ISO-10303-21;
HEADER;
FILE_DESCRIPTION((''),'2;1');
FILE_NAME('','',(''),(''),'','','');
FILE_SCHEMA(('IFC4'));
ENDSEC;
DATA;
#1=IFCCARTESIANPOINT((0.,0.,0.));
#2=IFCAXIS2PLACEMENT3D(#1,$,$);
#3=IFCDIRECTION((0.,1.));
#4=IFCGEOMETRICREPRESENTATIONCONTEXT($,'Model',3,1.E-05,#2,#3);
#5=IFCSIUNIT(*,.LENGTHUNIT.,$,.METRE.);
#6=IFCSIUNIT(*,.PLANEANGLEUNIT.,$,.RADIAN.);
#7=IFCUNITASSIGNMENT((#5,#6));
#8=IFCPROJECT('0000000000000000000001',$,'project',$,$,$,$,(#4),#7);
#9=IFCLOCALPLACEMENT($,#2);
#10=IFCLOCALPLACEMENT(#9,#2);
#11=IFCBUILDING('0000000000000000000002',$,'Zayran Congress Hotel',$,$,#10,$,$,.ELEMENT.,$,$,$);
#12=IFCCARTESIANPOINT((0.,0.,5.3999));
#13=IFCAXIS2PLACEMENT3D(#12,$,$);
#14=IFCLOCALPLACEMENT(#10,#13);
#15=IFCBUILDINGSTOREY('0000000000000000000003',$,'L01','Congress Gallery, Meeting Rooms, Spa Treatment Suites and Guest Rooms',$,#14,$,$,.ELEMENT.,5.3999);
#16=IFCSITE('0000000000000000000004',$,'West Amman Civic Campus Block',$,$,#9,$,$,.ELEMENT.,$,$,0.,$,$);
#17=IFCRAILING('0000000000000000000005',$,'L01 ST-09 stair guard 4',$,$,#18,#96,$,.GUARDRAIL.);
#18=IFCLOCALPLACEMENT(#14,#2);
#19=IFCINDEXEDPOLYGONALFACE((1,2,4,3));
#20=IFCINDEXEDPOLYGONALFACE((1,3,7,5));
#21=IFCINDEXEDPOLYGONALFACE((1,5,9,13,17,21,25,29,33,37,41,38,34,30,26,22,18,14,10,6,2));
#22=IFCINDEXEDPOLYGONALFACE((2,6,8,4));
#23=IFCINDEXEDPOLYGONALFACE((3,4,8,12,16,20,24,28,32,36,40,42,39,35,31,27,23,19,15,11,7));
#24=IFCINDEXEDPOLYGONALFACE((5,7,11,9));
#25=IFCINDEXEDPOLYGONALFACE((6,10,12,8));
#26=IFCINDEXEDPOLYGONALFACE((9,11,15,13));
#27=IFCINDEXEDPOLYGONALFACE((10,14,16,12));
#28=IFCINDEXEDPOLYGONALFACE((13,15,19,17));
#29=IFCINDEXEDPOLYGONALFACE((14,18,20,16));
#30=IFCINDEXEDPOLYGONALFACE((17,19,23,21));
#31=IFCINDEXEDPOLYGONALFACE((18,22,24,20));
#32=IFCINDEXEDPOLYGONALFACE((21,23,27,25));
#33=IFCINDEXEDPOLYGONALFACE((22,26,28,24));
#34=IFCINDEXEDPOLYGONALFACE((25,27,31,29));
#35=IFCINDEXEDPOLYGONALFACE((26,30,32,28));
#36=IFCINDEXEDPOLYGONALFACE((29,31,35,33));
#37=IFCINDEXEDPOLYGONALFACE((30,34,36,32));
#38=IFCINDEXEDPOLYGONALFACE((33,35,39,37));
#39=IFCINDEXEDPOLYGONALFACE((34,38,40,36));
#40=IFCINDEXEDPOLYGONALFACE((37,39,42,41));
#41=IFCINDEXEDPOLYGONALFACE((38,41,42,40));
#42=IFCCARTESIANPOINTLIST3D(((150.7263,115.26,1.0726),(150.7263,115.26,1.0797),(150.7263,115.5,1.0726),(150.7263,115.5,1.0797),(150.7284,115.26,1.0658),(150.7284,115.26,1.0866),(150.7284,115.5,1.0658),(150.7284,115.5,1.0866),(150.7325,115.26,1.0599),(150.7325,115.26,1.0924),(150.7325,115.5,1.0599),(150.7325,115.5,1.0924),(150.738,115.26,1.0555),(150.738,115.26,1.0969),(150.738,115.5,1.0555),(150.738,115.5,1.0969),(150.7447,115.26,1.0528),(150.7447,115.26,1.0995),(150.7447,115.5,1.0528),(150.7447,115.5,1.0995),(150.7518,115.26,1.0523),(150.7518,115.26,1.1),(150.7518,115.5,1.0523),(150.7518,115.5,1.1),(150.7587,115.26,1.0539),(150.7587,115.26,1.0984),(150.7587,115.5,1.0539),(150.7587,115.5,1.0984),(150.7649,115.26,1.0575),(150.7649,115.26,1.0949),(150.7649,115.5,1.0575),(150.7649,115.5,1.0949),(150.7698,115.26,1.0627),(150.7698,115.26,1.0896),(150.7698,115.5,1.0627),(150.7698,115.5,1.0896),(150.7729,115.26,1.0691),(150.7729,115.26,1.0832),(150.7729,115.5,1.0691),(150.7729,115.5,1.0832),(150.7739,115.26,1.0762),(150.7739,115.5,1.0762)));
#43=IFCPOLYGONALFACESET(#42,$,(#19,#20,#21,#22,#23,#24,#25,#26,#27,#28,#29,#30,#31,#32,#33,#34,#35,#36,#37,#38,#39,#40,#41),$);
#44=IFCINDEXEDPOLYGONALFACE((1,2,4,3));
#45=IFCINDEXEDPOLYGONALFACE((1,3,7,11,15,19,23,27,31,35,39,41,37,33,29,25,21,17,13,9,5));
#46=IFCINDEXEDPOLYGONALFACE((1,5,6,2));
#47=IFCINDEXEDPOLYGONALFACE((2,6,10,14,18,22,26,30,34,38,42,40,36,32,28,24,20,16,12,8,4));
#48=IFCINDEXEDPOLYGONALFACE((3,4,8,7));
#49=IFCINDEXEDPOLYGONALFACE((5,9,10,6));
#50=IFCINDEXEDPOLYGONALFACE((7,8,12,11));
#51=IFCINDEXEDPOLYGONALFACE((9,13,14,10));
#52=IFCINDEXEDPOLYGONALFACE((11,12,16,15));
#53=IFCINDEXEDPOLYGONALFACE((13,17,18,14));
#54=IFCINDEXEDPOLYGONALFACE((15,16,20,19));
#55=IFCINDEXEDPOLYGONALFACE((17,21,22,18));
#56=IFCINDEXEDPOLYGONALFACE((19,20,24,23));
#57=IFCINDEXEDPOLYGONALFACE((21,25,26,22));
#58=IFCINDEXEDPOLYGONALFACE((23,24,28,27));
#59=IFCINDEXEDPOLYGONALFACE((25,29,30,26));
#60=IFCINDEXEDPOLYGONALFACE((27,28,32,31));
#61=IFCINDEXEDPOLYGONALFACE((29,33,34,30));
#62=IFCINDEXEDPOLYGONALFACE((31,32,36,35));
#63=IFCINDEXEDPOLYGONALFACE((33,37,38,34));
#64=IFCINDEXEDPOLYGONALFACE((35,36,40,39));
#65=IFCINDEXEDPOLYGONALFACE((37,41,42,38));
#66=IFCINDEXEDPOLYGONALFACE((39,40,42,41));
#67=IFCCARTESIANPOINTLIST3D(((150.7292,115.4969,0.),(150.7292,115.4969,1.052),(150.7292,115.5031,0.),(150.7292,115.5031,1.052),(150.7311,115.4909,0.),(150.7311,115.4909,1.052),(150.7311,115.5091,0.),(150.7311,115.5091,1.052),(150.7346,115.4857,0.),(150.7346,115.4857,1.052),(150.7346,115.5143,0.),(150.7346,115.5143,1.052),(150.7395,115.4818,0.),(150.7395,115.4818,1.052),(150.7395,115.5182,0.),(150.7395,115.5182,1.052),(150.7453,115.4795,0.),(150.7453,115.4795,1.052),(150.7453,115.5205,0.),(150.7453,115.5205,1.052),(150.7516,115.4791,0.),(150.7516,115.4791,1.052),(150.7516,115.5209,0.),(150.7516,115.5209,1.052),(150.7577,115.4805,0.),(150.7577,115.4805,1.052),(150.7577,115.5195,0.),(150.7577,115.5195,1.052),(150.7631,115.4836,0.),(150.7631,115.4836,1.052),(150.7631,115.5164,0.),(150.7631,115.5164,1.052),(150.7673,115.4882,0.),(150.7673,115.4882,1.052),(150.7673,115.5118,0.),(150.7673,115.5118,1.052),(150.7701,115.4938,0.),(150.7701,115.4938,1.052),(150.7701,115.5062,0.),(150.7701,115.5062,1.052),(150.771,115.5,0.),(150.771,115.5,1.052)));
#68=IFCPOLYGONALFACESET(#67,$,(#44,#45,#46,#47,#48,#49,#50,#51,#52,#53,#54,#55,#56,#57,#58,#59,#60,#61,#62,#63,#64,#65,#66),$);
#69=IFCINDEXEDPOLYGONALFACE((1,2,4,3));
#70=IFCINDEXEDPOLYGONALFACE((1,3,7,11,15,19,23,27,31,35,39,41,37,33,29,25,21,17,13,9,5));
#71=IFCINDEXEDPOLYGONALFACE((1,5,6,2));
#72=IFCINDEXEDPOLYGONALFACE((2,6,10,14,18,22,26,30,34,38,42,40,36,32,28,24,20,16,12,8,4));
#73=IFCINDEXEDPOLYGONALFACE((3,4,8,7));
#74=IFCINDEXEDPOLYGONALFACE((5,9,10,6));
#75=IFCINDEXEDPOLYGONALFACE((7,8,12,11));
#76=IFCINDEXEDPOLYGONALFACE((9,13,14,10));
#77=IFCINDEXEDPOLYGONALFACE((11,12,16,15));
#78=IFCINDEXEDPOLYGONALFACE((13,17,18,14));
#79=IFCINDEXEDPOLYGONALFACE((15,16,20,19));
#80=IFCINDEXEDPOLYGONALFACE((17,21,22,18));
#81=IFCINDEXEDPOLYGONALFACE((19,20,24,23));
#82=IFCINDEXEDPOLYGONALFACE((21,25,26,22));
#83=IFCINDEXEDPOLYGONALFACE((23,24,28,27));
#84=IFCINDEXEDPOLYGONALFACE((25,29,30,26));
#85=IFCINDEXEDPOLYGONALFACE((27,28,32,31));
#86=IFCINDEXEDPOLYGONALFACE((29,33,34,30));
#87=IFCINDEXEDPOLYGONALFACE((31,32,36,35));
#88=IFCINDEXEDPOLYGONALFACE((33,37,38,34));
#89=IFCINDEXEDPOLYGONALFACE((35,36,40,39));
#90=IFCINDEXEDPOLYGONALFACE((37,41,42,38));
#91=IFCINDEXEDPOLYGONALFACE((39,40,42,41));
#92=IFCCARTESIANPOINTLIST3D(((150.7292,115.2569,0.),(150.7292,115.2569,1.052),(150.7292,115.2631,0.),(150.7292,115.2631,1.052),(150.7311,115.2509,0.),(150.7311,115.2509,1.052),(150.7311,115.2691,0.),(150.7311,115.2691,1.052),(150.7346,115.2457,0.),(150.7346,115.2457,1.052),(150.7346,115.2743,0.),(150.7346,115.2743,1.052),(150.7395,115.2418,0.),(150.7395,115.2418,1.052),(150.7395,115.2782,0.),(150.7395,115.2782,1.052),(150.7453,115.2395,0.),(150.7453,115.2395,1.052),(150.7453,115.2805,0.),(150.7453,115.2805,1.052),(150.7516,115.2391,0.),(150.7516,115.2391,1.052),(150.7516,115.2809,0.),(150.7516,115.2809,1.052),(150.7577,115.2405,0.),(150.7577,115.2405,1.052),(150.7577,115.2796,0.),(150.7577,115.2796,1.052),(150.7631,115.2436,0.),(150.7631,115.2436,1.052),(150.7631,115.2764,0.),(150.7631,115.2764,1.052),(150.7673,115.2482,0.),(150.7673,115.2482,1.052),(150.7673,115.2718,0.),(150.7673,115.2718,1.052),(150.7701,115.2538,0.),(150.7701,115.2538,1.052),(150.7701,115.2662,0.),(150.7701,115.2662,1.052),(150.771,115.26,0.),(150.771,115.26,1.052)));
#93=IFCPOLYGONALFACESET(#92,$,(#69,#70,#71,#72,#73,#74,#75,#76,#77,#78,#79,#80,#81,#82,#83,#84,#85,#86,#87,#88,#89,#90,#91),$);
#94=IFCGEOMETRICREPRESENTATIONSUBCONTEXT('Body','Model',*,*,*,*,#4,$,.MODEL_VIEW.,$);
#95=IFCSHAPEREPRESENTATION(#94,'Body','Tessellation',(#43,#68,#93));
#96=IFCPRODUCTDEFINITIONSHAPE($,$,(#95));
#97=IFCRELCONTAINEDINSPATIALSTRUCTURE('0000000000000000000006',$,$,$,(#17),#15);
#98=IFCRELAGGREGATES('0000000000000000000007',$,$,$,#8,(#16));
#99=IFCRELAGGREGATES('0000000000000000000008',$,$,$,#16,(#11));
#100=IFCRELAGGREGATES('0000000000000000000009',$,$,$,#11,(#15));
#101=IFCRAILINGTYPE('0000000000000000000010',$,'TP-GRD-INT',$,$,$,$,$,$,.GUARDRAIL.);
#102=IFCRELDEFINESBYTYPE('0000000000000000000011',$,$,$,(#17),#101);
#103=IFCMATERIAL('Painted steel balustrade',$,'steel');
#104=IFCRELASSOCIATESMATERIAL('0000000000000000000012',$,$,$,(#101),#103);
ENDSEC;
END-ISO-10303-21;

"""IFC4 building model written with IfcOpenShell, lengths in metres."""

from ifc_helpers import new_model, si_unit, direction, frame, origin, origin_2d, place, context, subcontext, project, spatial, circle, extrude, material, type_object, element, save


model = new_model("IFC4")

# Units and contexts
model_context = context("Model", 3, precision=1e-05, world=origin(), true_north=direction((0.0, 1.0)))
body_context = subcontext(model_context, "Body", "Model", "MODEL_VIEW")
ifc_project = project(units=[si_unit("LENGTHUNIT", "METRE"), si_unit("PLANEANGLEUNIT", "RADIAN")], contexts=[model_context])

# Site, building, storey
site_placement = place(None, origin())
site = spatial("IfcSite", under=ifc_project, at=site_placement, Name="West Amman Civic Campus Block", CompositionType="ELEMENT", RefElevation=0.0)
building_placement = place(site_placement, origin())
building = spatial("IfcBuilding", under=site, at=building_placement, Name="Zayran Congress Hotel", CompositionType="ELEMENT")
storey_placement = place(building_placement, frame((0.0, 0.0, 5.3999)))
storey = spatial("IfcBuildingStorey", under=building, at=storey_placement, Name="L01", Description="Congress Gallery, Meeting Rooms, Spa Treatment Suites and Guest Rooms", CompositionType="ELEMENT", Elevation=5.3999)

# Railing
ifc_material_1 = material(Name="Painted steel balustrade", Category="steel")
railing_type_1 = type_object("IfcRailingType", Name="TP-GRD-INT", PredefinedType="GUARDRAIL", material=ifc_material_1)
railing_1_placement = place(storey_placement, frame((150.75, 115.5, 0.0)))
element("IfcRailing", 1, at=railing_1_placement, inside=storey, type_object=railing_type_1, Name="L01 ST-09 stair guard 4", PredefinedType="GUARDRAIL", context=body_context, shape_type="SweptSolid", body=[
    extrude(circle(Radius=0.0239, at=origin_2d()), frame((0.0, 0.0, 1.0762), z_axis=(0.0, -1.0, 0.0), x_axis=(1.0, 0.0, 0.0)), (0.0, 0.0, 1.0), 0.24),
    extrude(circle(Radius=0.021, at=origin_2d()), origin(), (0.0, 0.0, 1.0), 1.052),
    extrude(circle(Radius=0.021, at=origin_2d()), frame((0.0, -0.24, 0.0)), (0.0, 0.0, 1.0), 1.052),
])

save(model, "model.ifc")
